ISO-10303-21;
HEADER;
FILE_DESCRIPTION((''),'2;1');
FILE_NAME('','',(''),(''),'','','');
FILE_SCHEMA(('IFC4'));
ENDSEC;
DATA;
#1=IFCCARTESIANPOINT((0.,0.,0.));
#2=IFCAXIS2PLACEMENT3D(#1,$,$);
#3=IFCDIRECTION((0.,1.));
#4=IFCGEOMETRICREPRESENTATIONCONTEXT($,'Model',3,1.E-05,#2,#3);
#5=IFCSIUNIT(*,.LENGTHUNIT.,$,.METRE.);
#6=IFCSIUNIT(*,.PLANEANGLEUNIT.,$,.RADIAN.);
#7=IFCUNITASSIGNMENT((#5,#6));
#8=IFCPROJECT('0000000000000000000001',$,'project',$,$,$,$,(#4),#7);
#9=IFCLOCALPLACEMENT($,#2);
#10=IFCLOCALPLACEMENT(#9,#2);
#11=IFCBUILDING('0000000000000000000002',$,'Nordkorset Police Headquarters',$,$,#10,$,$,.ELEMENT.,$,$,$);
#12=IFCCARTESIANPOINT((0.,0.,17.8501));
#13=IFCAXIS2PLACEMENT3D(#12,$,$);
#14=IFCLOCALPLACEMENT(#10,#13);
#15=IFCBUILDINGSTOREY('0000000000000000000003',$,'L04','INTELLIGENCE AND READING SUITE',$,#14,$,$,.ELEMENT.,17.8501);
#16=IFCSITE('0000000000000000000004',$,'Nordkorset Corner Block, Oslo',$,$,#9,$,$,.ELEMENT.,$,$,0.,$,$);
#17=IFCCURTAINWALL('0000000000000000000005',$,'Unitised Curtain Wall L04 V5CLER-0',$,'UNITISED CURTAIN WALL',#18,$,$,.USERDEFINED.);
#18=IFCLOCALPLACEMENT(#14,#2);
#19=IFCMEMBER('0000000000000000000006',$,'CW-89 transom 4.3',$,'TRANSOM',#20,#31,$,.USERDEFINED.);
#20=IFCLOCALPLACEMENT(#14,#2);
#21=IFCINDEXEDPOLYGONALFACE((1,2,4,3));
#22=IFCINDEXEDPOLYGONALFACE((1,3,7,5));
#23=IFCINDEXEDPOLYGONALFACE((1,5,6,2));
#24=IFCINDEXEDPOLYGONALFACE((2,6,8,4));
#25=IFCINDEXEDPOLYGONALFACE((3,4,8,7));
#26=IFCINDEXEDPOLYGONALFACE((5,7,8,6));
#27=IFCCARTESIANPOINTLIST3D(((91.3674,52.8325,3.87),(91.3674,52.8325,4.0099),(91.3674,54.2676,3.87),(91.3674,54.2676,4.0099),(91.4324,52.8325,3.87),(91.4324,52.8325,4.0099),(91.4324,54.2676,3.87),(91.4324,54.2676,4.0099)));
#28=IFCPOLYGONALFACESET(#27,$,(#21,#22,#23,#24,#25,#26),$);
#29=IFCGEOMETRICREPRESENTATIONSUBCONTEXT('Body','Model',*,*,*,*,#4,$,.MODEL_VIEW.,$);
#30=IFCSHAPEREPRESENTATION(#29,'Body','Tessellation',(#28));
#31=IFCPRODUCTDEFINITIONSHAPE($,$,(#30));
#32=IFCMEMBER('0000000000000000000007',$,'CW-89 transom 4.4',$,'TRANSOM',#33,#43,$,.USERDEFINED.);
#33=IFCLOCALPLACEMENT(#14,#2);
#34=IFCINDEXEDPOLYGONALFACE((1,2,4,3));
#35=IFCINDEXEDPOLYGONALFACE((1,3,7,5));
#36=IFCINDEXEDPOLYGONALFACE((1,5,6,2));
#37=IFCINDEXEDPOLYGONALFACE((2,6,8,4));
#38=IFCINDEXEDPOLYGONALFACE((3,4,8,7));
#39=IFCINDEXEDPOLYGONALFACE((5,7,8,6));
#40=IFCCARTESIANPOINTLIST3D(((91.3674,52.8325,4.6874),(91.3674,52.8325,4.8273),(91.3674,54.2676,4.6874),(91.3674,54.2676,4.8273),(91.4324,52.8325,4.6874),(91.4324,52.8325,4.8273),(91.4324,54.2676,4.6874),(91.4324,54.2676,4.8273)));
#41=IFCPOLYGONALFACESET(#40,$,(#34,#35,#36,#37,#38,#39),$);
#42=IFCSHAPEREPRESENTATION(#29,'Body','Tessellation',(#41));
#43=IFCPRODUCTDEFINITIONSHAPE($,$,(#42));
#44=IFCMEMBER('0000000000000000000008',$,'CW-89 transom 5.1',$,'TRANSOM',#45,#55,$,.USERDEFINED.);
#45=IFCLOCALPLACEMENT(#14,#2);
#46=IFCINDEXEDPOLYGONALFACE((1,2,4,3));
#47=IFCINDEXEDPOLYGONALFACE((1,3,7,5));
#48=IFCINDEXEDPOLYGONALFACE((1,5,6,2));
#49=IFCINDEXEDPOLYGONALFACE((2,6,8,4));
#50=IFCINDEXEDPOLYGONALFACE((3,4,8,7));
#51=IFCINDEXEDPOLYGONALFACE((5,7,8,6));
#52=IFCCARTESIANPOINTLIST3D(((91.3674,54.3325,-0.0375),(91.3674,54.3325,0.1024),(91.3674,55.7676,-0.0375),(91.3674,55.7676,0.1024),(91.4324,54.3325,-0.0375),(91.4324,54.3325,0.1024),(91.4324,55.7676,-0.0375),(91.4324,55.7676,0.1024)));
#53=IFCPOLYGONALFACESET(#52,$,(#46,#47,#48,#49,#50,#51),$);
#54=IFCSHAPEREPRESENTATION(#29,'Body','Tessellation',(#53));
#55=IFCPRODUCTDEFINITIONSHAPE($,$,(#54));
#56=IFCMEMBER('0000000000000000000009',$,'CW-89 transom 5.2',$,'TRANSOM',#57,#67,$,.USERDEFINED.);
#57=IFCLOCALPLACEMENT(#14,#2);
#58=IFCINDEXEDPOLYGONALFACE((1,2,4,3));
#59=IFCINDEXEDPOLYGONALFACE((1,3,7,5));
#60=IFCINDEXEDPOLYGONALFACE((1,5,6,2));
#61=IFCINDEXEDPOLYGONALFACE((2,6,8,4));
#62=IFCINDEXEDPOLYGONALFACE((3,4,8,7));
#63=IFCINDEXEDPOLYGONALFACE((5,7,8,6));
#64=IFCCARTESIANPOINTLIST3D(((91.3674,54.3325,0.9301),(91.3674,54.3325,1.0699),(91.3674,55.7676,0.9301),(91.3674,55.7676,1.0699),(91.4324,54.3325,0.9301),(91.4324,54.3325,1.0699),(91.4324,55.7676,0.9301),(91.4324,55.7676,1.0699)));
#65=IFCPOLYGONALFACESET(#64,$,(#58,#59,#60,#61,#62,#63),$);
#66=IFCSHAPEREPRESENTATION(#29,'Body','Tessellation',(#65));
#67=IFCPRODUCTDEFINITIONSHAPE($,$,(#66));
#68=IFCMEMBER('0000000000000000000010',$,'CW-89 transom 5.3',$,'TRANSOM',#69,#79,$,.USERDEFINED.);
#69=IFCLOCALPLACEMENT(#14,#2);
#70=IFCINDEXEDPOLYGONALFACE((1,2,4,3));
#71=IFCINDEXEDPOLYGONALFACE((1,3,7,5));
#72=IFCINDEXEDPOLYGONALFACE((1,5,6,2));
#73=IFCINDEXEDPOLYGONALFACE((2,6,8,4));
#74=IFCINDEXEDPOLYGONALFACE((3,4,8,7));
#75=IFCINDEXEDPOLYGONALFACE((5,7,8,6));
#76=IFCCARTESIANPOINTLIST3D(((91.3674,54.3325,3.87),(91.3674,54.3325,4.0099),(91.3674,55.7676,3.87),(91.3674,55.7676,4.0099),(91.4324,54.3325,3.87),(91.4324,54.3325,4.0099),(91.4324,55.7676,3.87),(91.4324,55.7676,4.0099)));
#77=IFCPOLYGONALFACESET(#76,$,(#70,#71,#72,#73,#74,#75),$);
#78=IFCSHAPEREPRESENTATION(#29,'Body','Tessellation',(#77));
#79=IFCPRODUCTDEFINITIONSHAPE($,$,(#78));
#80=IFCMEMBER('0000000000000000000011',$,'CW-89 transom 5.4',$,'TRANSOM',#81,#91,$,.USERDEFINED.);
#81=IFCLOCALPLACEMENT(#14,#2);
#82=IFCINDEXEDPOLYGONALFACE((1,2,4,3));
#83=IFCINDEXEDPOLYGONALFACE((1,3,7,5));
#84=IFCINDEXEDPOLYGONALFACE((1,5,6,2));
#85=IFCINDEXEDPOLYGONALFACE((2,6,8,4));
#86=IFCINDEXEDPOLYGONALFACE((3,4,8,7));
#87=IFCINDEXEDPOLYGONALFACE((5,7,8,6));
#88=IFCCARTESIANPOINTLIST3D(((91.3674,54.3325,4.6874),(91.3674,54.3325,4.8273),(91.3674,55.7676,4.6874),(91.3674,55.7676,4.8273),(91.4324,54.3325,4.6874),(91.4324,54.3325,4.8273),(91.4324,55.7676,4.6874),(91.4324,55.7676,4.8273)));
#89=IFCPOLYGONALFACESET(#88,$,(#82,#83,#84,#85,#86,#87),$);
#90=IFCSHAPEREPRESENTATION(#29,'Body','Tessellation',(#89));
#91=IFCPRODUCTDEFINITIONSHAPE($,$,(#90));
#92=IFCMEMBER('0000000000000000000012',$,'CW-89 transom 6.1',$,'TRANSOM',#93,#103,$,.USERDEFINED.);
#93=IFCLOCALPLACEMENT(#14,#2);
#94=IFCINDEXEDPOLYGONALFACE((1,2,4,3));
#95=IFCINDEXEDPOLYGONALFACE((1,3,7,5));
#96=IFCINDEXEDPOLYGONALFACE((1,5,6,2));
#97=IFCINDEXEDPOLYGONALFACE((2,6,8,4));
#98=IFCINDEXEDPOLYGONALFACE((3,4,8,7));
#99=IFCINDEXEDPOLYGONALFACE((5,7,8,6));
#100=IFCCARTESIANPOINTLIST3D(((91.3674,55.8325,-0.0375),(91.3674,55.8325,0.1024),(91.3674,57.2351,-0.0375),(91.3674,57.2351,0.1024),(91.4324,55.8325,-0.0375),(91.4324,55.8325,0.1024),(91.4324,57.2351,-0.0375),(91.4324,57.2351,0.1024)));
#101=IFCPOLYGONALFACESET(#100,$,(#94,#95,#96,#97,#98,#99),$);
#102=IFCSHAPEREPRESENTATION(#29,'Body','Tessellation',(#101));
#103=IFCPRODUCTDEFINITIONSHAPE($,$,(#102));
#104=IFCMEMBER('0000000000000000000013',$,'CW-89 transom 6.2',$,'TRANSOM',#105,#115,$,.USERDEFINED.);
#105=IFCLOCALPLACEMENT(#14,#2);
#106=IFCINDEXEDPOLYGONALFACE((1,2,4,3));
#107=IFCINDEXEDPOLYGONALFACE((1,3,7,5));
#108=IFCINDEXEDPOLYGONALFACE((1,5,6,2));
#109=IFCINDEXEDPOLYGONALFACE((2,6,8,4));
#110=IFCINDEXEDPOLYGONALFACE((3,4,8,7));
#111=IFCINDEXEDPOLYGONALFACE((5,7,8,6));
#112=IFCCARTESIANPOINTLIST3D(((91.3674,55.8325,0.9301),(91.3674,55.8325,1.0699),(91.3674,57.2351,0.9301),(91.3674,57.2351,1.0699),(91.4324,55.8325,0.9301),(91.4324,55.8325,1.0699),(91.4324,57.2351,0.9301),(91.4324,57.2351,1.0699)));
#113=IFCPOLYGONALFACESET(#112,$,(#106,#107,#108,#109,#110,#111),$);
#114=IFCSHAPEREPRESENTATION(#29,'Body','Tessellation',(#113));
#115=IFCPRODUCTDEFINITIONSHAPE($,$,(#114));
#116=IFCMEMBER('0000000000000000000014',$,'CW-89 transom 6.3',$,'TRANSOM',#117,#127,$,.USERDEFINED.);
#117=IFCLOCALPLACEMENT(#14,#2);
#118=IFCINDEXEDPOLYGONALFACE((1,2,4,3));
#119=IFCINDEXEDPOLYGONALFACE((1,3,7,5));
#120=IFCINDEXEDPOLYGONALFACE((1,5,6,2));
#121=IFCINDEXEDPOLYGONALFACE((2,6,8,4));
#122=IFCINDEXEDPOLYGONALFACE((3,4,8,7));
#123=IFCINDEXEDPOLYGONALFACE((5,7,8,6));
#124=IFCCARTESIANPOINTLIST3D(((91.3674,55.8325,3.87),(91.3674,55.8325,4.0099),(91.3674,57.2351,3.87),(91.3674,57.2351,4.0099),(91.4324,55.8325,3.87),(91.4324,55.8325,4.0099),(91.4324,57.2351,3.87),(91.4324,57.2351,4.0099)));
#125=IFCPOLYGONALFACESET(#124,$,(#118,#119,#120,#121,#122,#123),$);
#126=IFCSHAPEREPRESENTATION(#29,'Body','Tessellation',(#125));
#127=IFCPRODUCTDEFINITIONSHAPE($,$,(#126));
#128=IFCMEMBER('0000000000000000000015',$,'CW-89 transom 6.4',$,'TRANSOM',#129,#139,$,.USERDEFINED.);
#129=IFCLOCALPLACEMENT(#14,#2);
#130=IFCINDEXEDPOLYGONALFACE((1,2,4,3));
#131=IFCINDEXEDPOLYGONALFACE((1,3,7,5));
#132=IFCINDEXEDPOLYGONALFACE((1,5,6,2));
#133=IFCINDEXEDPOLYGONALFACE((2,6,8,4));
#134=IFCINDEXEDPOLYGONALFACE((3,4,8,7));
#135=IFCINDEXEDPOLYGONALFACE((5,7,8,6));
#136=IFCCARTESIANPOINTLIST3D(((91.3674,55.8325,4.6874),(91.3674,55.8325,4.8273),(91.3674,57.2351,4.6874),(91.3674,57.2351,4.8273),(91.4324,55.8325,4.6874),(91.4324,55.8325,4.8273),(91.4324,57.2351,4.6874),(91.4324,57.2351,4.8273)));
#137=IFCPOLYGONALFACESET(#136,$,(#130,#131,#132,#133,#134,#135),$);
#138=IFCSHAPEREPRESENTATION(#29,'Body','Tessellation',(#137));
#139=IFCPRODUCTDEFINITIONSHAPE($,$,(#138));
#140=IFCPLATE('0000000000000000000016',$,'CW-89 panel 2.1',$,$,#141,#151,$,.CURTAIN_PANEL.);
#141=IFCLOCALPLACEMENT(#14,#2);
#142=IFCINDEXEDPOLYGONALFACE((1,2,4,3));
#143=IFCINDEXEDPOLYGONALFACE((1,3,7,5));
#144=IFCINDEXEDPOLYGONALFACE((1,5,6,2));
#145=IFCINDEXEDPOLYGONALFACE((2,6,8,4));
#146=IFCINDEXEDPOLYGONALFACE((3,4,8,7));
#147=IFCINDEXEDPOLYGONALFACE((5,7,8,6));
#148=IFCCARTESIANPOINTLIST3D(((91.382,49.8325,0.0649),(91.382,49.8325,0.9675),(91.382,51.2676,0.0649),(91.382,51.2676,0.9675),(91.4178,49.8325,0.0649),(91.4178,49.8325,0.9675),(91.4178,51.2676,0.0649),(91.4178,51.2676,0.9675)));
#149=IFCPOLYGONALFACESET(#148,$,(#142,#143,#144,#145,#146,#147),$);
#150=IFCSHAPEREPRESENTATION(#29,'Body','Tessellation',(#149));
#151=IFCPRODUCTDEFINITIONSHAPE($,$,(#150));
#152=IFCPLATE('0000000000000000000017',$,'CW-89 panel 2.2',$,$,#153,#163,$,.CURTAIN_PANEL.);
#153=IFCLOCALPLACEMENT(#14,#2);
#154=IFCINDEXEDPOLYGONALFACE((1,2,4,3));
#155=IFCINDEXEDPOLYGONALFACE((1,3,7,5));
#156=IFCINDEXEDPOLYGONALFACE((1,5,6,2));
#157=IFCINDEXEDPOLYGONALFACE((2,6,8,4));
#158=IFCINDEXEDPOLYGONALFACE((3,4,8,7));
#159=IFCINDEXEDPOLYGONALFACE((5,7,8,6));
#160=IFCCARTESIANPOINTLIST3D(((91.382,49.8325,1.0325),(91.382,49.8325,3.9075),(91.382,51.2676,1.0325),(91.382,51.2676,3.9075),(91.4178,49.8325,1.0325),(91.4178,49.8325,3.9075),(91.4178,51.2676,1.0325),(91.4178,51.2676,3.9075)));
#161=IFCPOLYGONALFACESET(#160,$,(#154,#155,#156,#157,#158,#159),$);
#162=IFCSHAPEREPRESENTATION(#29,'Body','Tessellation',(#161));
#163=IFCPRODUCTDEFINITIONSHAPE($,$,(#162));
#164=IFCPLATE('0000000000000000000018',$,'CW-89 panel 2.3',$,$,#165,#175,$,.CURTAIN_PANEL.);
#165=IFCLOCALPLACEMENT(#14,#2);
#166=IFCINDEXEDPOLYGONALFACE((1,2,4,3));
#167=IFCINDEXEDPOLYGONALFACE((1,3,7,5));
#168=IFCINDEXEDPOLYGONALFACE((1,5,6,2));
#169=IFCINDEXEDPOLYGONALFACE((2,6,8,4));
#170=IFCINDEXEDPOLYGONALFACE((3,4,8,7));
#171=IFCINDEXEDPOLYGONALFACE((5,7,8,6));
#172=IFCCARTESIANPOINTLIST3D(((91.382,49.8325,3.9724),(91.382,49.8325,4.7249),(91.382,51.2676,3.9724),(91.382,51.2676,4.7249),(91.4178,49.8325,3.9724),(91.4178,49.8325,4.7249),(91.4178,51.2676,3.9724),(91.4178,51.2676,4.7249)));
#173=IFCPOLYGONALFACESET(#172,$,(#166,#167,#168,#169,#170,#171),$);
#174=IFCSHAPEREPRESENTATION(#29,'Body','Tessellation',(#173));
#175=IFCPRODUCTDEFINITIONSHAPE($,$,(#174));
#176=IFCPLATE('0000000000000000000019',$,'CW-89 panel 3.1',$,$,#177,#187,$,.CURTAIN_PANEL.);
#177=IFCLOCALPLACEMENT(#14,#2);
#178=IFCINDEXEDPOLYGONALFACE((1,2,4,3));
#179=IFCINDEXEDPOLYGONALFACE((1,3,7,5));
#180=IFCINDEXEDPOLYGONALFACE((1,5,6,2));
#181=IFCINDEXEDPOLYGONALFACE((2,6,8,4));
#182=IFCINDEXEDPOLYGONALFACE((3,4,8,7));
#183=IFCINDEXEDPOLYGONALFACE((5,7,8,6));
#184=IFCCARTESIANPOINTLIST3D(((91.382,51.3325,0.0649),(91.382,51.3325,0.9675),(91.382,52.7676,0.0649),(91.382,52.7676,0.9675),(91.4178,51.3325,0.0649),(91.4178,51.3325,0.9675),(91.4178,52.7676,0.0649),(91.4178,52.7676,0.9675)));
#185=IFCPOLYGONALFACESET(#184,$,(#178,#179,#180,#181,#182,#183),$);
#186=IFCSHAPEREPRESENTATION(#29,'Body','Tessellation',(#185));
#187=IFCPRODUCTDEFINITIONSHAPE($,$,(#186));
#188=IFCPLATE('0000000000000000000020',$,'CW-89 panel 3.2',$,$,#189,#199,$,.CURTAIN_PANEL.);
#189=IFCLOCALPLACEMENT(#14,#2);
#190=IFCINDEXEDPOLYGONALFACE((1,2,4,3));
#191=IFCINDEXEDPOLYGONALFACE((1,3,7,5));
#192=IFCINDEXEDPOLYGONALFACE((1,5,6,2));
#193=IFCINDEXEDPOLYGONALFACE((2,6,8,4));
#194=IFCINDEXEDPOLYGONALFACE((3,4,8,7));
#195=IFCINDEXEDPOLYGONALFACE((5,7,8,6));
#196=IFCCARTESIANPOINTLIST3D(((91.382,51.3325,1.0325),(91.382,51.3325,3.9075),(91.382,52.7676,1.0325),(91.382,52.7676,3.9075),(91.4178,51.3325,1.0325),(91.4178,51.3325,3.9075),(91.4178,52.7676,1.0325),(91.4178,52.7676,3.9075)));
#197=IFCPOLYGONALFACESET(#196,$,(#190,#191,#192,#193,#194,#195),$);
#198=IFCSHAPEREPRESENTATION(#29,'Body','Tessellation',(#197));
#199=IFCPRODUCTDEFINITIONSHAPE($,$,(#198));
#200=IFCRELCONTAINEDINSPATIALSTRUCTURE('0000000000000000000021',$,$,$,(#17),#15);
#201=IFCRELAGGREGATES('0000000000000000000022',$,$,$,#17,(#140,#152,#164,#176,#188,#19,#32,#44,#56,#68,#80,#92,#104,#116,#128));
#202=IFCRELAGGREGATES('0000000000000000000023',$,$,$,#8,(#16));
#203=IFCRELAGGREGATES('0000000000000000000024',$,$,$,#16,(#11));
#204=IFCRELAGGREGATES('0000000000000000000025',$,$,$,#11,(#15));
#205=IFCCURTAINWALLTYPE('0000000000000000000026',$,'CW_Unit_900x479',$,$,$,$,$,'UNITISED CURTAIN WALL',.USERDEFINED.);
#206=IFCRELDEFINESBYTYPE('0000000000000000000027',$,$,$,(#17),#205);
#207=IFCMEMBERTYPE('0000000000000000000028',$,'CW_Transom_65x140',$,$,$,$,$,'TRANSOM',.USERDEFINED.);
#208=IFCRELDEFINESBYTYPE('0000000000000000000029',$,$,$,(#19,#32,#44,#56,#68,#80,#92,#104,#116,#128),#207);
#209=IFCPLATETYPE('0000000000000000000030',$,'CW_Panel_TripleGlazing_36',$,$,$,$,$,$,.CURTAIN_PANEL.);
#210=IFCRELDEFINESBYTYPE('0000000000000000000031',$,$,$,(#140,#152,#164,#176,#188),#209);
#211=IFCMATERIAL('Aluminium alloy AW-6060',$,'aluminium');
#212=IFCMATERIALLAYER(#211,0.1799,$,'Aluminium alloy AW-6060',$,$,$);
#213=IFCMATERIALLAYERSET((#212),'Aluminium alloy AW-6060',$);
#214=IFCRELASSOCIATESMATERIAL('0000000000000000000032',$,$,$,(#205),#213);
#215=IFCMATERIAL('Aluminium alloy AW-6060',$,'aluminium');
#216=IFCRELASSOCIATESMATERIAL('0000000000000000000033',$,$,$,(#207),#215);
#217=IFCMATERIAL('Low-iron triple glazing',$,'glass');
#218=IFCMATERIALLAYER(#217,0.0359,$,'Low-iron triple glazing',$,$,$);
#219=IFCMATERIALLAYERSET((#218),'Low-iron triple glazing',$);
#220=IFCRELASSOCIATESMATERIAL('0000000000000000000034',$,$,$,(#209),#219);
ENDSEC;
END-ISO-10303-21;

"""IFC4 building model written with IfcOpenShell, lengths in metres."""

from ifc_helpers import new_model, si_unit, direction, frame, origin, origin_2d, place, context, subcontext, project, spatial, rectangle, extrude, material, layer, layer_set, material_profile, profile_set, type_object, element, aggregate, save


model = new_model("IFC4")

# Units and contexts
model_context = context("Model", 3, precision=1e-05, world=origin(), true_north=direction((0.0, 1.0)))
body_context = subcontext(model_context, "Body", "Model", "MODEL_VIEW")
ifc_project = project(units=[si_unit("LENGTHUNIT", "METRE"), si_unit("PLANEANGLEUNIT", "RADIAN")], contexts=[model_context])

# Site, building, storey
site_placement = place(None, origin())
site = spatial("IfcSite", under=ifc_project, at=site_placement, Name="Nordkorset Corner Block, Oslo", CompositionType="ELEMENT", RefElevation=0.0)
building_placement = place(site_placement, origin())
building = spatial("IfcBuilding", under=site, at=building_placement, Name="Nordkorset Police Headquarters", CompositionType="ELEMENT")
storey_placement = place(building_placement, frame((0.0, 0.0, 17.8501)))
storey = spatial("IfcBuildingStorey", under=building, at=storey_placement, Name="L04", Description="INTELLIGENCE AND READING SUITE", CompositionType="ELEMENT", Elevation=17.8501)

# Curtain wall, members, plates
ifc_material_1 = material(Name="Aluminium alloy AW-6060", Category="aluminium")
ifc_layer_1 = layer(ifc_material_1, 0.1799, Name="Aluminium alloy AW-6060")
ifc_layer_set_1 = layer_set([ifc_layer_1], Name="Aluminium alloy AW-6060")
curtain_wall_type = type_object("IfcCurtainWallType", Name="CW_Unit_900x479", ElementType="UNITISED CURTAIN WALL", PredefinedType="USERDEFINED", material=ifc_layer_set_1)
curtain_wall_placement = place(storey_placement, origin())
curtain_wall = element("IfcCurtainWall", 1, at=curtain_wall_placement, inside=storey, type_object=curtain_wall_type, Name="Unitised Curtain Wall L04 V5CLER-0", ObjectType="UNITISED CURTAIN WALL", PredefinedType="USERDEFINED")
ifc_material_2 = material(Name="Aluminium alloy AW-6060", Category="aluminium")
ifc_material_profile_1 = material_profile(ifc_material_2, rectangle(XDim=0.0649, YDim=0.1399, at=origin_2d()), Name="ALU TRAN 65x140")
ifc_profile_set_1 = profile_set([ifc_material_profile_1], Name="Aluminium alloy AW-6060")
member_type_1 = type_object("IfcMemberType", Name="CW_Transom_65x140", ElementType="TRANSOM", PredefinedType="USERDEFINED", material=ifc_profile_set_1)
member_1_placement = place(storey_placement, frame((91.3999, 52.8325, 3.9399), z_axis=(0.0, 1.0, 0.0), x_axis=(-1.0, 0.0, 0.0)))
member_1 = element("IfcMember", 2, at=member_1_placement, type_object=member_type_1, Name="CW-89 transom 4.3", ObjectType="TRANSOM", PredefinedType="USERDEFINED", context=body_context, shape_type="SweptSolid", body=[
    extrude(rectangle(XDim=0.0649, YDim=0.1399, at=origin_2d()), origin(), (0.0, 0.0, 1.0), 1.4351),
])
member_2_placement = place(storey_placement, frame((91.3999, 52.8325, 4.7573), z_axis=(0.0, 1.0, 0.0), x_axis=(-1.0, 0.0, 0.0)))
member_2 = element("IfcMember", 3, at=member_2_placement, type_object=member_type_1, Name="CW-89 transom 4.4", ObjectType="TRANSOM", PredefinedType="USERDEFINED", context=body_context, shape_type="SweptSolid", body=[
    extrude(rectangle(XDim=0.0649, YDim=0.1399, at=origin_2d()), origin(), (0.0, 0.0, 1.0), 1.4351),
])
member_3_placement = place(storey_placement, frame((91.3999, 54.3325, 0.0325), z_axis=(0.0, 1.0, 0.0), x_axis=(-1.0, 0.0, 0.0)))
member_3 = element("IfcMember", 4, at=member_3_placement, type_object=member_type_1, Name="CW-89 transom 5.1", ObjectType="TRANSOM", PredefinedType="USERDEFINED", context=body_context, shape_type="SweptSolid", body=[
    extrude(rectangle(XDim=0.0649, YDim=0.1399, at=origin_2d()), origin(), (0.0, 0.0, 1.0), 1.4351),
])
member_4_placement = place(storey_placement, frame((91.3999, 54.3325, 1.0), z_axis=(0.0, 1.0, 0.0), x_axis=(-1.0, 0.0, 0.0)))
member_4 = element("IfcMember", 5, at=member_4_placement, type_object=member_type_1, Name="CW-89 transom 5.2", ObjectType="TRANSOM", PredefinedType="USERDEFINED", context=body_context, shape_type="SweptSolid", body=[
    extrude(rectangle(XDim=0.0649, YDim=0.1399, at=origin_2d()), origin(), (0.0, 0.0, 1.0), 1.4351),
])
member_5_placement = place(storey_placement, frame((91.3999, 54.3325, 3.9399), z_axis=(0.0, 1.0, 0.0), x_axis=(-1.0, 0.0, 0.0)))
member_5 = element("IfcMember", 6, at=member_5_placement, type_object=member_type_1, Name="CW-89 transom 5.3", ObjectType="TRANSOM", PredefinedType="USERDEFINED", context=body_context, shape_type="SweptSolid", body=[
    extrude(rectangle(XDim=0.0649, YDim=0.1399, at=origin_2d()), origin(), (0.0, 0.0, 1.0), 1.4351),
])
member_6_placement = place(storey_placement, frame((91.3999, 54.3325, 4.7573), z_axis=(0.0, 1.0, 0.0), x_axis=(-1.0, 0.0, 0.0)))
member_6 = element("IfcMember", 7, at=member_6_placement, type_object=member_type_1, Name="CW-89 transom 5.4", ObjectType="TRANSOM", PredefinedType="USERDEFINED", context=body_context, shape_type="SweptSolid", body=[
    extrude(rectangle(XDim=0.0649, YDim=0.1399, at=origin_2d()), origin(), (0.0, 0.0, 1.0), 1.4351),
])
member_7_placement = place(storey_placement, frame((91.3999, 55.8325, 0.0325), z_axis=(0.0, 1.0, 0.0), x_axis=(-1.0, 0.0, 0.0)))
member_7 = element("IfcMember", 8, at=member_7_placement, type_object=member_type_1, Name="CW-89 transom 6.1", ObjectType="TRANSOM", PredefinedType="USERDEFINED", context=body_context, shape_type="SweptSolid", body=[
    extrude(rectangle(XDim=0.0649, YDim=0.1399, at=origin_2d()), origin(), (0.0, 0.0, 1.0), 1.4026),
])
member_8_placement = place(storey_placement, frame((91.3999, 55.8325, 1.0), z_axis=(0.0, 1.0, 0.0), x_axis=(-1.0, 0.0, 0.0)))
member_8 = element("IfcMember", 9, at=member_8_placement, type_object=member_type_1, Name="CW-89 transom 6.2", ObjectType="TRANSOM", PredefinedType="USERDEFINED", context=body_context, shape_type="SweptSolid", body=[
    extrude(rectangle(XDim=0.0649, YDim=0.1399, at=origin_2d()), origin(), (0.0, 0.0, 1.0), 1.4026),
])
member_9_placement = place(storey_placement, frame((91.3999, 55.8325, 3.9399), z_axis=(0.0, 1.0, 0.0), x_axis=(-1.0, 0.0, 0.0)))
member_9 = element("IfcMember", 10, at=member_9_placement, type_object=member_type_1, Name="CW-89 transom 6.3", ObjectType="TRANSOM", PredefinedType="USERDEFINED", context=body_context, shape_type="SweptSolid", body=[
    extrude(rectangle(XDim=0.0649, YDim=0.1399, at=origin_2d()), origin(), (0.0, 0.0, 1.0), 1.4026),
])
member_10_placement = place(storey_placement, frame((91.3999, 55.8325, 4.7573), z_axis=(0.0, 1.0, 0.0), x_axis=(-1.0, 0.0, 0.0)))
member_10 = element("IfcMember", 11, at=member_10_placement, type_object=member_type_1, Name="CW-89 transom 6.4", ObjectType="TRANSOM", PredefinedType="USERDEFINED", context=body_context, shape_type="SweptSolid", body=[
    extrude(rectangle(XDim=0.0649, YDim=0.1399, at=origin_2d()), origin(), (0.0, 0.0, 1.0), 1.4026),
])
ifc_material_3 = material(Name="Low-iron triple glazing", Category="glass")
ifc_layer_2 = layer(ifc_material_3, 0.0359, Name="Low-iron triple glazing")
ifc_layer_set_2 = layer_set([ifc_layer_2], Name="Low-iron triple glazing")
plate_type = type_object("IfcPlateType", Name="CW_Panel_TripleGlazing_36", PredefinedType="CURTAIN_PANEL", material=ifc_layer_set_2)
plate_1_placement = place(storey_placement, frame((91.3999, 50.55, 0.0649), z_axis=(0.0, 0.0, 1.0), x_axis=(0.0, 1.0, 0.0)))
plate_1 = element("IfcPlate", 12, at=plate_1_placement, type_object=plate_type, Name="CW-89 panel 2.1", PredefinedType="CURTAIN_PANEL", context=body_context, shape_type="SweptSolid", body=[
    extrude(rectangle(XDim=1.4351, YDim=0.0359, at=origin_2d()), origin(), (0.0, 0.0, 1.0), 0.9026),
])
plate_2_placement = place(storey_placement, frame((91.3999, 50.55, 1.0325), z_axis=(0.0, 0.0, 1.0), x_axis=(0.0, 1.0, 0.0)))
plate_2 = element("IfcPlate", 13, at=plate_2_placement, type_object=plate_type, Name="CW-89 panel 2.2", PredefinedType="CURTAIN_PANEL", context=body_context, shape_type="SweptSolid", body=[
    extrude(rectangle(XDim=1.4351, YDim=0.0359, at=origin_2d()), origin(), (0.0, 0.0, 1.0), 2.875),
])
plate_3_placement = place(storey_placement, frame((91.3999, 50.55, 3.9724), z_axis=(0.0, 0.0, 1.0), x_axis=(0.0, 1.0, 0.0)))
plate_3 = element("IfcPlate", 14, at=plate_3_placement, type_object=plate_type, Name="CW-89 panel 2.3", PredefinedType="CURTAIN_PANEL", context=body_context, shape_type="SweptSolid", body=[
    extrude(rectangle(XDim=1.4351, YDim=0.0359, at=origin_2d()), origin(), (0.0, 0.0, 1.0), 0.7524),
])
plate_4_placement = place(storey_placement, frame((91.3999, 52.05, 0.0649), z_axis=(0.0, 0.0, 1.0), x_axis=(0.0, 1.0, 0.0)))
plate_4 = element("IfcPlate", 15, at=plate_4_placement, type_object=plate_type, Name="CW-89 panel 3.1", PredefinedType="CURTAIN_PANEL", context=body_context, shape_type="SweptSolid", body=[
    extrude(rectangle(XDim=1.4351, YDim=0.0359, at=origin_2d()), origin(), (0.0, 0.0, 1.0), 0.9026),
])
plate_5_placement = place(storey_placement, frame((91.3999, 52.05, 1.0325), z_axis=(0.0, 0.0, 1.0), x_axis=(0.0, 1.0, 0.0)))
plate_5 = element("IfcPlate", 16, at=plate_5_placement, type_object=plate_type, Name="CW-89 panel 3.2", PredefinedType="CURTAIN_PANEL", context=body_context, shape_type="SweptSolid", body=[
    extrude(rectangle(XDim=1.4351, YDim=0.0359, at=origin_2d()), origin(), (0.0, 0.0, 1.0), 2.875),
])
aggregate(curtain_wall, [plate_1, plate_2, plate_3, plate_4, plate_5, member_1, member_2, member_3, member_4, member_5, member_6, member_7, member_8, member_9, member_10])

save(model, "model.ifc")
